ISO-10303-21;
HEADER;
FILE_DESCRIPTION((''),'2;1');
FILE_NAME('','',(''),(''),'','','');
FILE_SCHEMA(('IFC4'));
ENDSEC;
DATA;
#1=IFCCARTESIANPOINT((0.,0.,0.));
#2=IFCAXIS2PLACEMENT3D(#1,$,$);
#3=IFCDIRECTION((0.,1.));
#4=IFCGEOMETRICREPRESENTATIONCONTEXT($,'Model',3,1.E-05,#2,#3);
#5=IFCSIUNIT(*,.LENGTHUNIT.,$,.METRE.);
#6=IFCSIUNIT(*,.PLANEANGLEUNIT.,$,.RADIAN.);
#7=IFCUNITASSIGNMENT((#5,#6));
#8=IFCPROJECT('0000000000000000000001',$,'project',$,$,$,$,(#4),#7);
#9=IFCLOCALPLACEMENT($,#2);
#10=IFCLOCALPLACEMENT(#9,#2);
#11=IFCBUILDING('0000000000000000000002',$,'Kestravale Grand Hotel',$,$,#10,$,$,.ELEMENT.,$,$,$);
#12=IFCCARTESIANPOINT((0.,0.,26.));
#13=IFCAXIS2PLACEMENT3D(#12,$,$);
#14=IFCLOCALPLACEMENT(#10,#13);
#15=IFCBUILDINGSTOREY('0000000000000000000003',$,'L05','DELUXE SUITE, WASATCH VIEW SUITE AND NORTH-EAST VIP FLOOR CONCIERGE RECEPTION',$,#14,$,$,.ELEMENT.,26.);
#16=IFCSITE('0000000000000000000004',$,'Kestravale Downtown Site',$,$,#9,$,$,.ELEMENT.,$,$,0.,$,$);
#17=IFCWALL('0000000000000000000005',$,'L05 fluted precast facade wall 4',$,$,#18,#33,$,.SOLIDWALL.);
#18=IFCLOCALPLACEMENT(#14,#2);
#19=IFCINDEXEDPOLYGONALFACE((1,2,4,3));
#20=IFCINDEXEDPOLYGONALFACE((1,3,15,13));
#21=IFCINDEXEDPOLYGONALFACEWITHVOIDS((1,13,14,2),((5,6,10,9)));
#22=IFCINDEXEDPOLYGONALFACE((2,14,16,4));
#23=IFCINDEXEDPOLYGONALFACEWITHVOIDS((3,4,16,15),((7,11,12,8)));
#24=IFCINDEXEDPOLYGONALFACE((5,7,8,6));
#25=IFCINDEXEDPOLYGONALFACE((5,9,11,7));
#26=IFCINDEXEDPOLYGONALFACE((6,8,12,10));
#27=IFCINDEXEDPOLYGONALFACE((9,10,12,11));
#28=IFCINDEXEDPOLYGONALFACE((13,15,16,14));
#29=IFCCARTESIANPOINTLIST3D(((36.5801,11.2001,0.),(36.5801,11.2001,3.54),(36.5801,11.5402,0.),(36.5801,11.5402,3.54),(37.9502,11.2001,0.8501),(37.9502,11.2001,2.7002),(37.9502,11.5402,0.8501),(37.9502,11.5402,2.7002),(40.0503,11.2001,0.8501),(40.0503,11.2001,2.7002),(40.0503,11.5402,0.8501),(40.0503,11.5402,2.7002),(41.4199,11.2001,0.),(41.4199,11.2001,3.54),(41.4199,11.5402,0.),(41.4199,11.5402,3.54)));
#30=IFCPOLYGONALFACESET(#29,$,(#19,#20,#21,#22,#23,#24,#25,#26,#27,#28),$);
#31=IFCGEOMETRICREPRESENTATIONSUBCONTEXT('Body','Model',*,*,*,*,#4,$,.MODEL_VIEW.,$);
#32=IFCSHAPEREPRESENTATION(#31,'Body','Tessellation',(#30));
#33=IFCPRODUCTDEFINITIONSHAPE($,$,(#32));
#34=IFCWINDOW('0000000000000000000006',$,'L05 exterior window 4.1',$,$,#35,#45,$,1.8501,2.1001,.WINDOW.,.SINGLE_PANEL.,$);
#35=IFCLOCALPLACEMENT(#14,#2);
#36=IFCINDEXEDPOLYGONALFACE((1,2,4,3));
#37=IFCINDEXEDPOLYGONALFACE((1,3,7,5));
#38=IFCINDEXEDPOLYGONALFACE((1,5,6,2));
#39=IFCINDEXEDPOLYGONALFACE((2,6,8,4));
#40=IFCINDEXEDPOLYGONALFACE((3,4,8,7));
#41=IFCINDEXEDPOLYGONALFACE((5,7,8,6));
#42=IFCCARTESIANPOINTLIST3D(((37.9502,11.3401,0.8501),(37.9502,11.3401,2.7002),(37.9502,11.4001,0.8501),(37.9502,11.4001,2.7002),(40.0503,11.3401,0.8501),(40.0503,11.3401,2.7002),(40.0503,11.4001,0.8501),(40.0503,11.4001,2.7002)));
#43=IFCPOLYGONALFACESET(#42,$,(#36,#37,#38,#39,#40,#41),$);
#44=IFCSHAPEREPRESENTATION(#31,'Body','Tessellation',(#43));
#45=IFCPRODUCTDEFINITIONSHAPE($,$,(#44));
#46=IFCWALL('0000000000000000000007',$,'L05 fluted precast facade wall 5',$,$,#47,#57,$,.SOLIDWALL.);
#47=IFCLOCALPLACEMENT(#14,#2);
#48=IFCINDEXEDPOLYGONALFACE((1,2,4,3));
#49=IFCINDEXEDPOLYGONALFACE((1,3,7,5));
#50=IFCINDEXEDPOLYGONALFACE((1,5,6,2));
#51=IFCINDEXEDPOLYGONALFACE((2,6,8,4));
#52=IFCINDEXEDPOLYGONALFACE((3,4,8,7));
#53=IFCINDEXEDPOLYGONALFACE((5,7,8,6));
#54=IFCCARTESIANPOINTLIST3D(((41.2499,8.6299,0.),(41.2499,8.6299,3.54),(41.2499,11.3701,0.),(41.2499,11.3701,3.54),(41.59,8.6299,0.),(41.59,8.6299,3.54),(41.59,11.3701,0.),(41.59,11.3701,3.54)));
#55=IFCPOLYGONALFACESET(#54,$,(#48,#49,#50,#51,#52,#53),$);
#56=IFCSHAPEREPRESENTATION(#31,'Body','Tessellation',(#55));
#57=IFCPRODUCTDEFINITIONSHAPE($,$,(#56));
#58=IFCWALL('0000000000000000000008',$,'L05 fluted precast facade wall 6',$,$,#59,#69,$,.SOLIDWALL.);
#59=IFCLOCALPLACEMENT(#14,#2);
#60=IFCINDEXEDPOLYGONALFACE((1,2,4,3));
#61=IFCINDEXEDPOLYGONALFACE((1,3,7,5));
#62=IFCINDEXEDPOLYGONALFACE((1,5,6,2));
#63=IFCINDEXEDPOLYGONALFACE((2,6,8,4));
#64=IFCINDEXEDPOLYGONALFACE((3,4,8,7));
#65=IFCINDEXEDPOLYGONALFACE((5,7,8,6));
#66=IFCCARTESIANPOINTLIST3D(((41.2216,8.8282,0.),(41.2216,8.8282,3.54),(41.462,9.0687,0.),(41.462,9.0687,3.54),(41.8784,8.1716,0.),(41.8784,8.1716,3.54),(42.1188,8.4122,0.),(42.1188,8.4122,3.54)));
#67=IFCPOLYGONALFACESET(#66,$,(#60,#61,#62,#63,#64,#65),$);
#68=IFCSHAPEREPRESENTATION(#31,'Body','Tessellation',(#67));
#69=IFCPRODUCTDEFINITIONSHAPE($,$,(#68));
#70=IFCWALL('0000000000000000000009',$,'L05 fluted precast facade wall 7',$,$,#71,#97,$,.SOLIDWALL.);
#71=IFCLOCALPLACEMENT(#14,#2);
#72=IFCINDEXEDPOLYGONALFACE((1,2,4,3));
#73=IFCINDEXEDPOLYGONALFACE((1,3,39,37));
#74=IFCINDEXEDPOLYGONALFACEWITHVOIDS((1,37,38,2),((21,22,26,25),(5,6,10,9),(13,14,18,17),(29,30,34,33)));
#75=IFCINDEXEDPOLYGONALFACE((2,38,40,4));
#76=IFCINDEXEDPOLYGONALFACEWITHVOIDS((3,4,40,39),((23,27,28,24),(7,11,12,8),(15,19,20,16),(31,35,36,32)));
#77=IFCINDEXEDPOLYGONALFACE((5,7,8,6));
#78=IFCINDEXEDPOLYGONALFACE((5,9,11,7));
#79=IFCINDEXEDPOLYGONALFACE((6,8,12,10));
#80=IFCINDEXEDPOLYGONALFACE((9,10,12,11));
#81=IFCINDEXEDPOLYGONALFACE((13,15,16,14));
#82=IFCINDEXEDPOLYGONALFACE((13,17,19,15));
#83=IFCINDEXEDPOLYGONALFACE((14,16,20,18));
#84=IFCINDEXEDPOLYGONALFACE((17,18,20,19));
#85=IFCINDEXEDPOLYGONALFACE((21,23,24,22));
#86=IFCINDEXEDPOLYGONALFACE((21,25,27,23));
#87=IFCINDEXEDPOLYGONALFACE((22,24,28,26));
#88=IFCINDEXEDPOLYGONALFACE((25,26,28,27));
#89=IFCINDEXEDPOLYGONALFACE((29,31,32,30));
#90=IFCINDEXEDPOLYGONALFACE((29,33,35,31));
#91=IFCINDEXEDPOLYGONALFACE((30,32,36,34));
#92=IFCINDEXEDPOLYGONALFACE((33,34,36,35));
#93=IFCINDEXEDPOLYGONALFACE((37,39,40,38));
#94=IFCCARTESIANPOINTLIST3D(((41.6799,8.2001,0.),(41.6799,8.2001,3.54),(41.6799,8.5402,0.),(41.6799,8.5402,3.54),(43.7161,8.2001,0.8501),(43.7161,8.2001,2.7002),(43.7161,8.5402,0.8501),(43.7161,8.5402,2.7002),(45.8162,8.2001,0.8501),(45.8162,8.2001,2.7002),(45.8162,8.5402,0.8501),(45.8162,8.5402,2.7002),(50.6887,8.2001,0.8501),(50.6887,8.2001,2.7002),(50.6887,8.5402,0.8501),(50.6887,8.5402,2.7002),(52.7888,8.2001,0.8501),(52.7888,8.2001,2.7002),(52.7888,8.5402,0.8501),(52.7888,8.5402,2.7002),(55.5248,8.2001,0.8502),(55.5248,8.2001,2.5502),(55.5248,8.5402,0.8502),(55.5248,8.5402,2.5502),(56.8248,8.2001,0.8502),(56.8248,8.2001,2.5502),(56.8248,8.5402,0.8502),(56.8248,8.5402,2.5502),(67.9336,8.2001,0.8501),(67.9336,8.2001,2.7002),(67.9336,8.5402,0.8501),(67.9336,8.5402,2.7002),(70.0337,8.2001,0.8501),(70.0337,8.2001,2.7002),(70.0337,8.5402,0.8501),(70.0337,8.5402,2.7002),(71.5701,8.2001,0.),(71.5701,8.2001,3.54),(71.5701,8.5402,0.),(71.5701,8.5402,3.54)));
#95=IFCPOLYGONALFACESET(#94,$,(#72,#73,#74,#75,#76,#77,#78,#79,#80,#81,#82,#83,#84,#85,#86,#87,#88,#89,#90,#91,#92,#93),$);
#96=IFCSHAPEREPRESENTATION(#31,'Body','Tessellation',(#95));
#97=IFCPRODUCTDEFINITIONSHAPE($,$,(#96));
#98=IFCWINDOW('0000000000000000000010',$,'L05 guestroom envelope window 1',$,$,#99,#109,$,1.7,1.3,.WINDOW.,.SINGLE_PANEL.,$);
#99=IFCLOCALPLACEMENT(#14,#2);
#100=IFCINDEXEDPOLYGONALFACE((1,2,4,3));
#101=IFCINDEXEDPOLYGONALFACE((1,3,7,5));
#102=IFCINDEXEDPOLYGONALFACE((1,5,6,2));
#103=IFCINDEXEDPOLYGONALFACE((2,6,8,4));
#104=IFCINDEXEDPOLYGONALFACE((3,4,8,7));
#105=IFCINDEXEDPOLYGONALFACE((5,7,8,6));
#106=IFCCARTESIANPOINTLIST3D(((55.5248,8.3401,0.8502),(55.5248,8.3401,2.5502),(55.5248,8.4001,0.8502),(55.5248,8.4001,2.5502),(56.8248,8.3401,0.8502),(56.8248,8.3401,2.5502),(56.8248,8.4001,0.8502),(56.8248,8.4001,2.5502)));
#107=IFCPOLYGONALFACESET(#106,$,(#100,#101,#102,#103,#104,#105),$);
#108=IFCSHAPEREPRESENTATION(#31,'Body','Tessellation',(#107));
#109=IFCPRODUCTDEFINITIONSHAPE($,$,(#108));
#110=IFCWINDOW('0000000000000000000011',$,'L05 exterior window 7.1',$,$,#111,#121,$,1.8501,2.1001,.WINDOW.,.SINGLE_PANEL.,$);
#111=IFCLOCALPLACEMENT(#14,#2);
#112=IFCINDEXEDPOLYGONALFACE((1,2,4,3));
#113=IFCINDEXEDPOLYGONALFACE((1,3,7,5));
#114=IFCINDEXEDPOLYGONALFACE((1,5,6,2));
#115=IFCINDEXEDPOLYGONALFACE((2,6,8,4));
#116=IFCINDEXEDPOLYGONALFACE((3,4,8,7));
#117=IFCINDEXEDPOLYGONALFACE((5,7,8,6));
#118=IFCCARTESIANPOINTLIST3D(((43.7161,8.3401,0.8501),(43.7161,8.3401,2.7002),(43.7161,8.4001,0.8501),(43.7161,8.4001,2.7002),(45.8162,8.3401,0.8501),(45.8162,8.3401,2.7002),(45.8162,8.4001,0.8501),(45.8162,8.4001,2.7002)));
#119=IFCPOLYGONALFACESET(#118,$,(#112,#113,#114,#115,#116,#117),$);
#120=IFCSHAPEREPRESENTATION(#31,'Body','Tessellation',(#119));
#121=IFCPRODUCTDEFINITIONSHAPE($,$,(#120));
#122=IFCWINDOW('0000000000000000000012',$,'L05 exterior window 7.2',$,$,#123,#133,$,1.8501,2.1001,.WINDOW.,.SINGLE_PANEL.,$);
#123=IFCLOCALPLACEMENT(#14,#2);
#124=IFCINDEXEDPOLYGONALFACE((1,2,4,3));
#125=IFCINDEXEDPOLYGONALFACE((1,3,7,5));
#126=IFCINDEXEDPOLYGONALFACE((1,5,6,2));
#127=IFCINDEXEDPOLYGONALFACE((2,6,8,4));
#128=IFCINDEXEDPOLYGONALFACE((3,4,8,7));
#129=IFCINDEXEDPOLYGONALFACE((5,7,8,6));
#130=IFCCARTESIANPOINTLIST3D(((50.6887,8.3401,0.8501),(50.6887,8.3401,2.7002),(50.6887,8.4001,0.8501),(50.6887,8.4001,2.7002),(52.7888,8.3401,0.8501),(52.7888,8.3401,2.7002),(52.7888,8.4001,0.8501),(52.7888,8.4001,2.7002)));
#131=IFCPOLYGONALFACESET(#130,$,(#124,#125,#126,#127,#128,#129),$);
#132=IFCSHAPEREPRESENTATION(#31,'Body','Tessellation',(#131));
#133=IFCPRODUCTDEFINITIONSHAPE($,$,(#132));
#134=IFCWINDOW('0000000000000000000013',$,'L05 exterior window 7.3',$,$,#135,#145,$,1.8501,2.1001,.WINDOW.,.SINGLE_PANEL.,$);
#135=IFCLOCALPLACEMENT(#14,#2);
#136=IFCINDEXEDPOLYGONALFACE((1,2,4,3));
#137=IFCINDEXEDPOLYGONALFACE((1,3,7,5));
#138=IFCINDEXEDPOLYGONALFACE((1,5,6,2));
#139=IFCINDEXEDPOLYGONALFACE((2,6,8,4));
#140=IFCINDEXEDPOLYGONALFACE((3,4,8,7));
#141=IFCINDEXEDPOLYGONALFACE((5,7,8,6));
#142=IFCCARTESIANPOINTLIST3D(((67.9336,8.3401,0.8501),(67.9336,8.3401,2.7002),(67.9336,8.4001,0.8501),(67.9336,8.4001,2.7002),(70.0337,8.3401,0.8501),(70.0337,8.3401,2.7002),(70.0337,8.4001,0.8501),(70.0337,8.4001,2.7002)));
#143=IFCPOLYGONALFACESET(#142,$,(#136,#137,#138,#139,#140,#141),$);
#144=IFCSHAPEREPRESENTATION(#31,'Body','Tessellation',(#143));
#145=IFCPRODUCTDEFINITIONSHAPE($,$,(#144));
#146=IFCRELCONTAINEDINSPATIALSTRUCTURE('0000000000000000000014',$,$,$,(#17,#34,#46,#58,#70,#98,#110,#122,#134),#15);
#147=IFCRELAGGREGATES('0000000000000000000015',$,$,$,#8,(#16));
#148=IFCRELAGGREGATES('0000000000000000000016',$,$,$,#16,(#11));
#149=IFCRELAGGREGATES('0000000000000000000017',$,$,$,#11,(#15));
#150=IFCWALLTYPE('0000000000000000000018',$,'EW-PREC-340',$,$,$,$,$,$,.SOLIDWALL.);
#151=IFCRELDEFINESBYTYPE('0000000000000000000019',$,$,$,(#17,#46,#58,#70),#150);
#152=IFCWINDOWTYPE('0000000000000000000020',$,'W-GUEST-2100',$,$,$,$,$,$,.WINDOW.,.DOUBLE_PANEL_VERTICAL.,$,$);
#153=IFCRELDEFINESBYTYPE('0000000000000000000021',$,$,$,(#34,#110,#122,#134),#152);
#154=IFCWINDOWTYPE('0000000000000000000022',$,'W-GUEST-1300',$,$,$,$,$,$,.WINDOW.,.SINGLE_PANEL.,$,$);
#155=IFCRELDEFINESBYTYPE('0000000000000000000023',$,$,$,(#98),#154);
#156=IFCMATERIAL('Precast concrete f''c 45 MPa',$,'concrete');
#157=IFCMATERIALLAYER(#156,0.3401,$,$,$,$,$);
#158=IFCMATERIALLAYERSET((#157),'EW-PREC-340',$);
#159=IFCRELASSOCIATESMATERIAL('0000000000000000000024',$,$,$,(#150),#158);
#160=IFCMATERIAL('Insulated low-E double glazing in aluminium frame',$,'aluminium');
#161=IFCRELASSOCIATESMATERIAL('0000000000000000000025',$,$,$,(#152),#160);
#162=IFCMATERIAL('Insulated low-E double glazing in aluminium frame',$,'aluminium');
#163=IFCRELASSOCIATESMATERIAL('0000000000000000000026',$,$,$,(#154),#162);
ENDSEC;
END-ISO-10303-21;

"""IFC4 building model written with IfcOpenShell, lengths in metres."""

from ifc_helpers import new_model, si_unit, direction, frame, frame_2d, origin, place, context, subcontext, project, spatial, rectangle, extrude, material, layer, layer_set, type_object, element, fill, save


model = new_model("IFC4")

# Units and contexts
model_context = context("Model", 3, precision=1e-05, world=origin(), true_north=direction((0.0, 1.0)))
body_context = subcontext(model_context, "Body", "Model", "MODEL_VIEW")
ifc_project = project(units=[si_unit("LENGTHUNIT", "METRE"), si_unit("PLANEANGLEUNIT", "RADIAN")], contexts=[model_context])

# Site, building, storey
site_placement = place(None, origin())
site = spatial("IfcSite", under=ifc_project, at=site_placement, Name="Kestravale Downtown Site", CompositionType="ELEMENT", RefElevation=0.0)
building_placement = place(site_placement, origin())
building = spatial("IfcBuilding", under=site, at=building_placement, Name="Kestravale Grand Hotel", CompositionType="ELEMENT")
storey_placement = place(building_placement, frame((0.0, 0.0, 26.0)))
storey = spatial("IfcBuildingStorey", under=building, at=storey_placement, Name="L05", Description="DELUXE SUITE, WASATCH VIEW SUITE AND NORTH-EAST VIP FLOOR CONCIERGE RECEPTION", CompositionType="ELEMENT", Elevation=26.0)

# Shared definitions
ifc_material_1 = material(Name="Precast concrete f'c 45 MPa", Category="concrete")
ifc_layer_1 = layer(ifc_material_1, 0.3401)
ifc_layer_set_1 = layer_set([ifc_layer_1], Name="EW-PREC-340")
wall_type_1 = type_object("IfcWallType", Name="EW-PREC-340", PredefinedType="SOLIDWALL", material=ifc_layer_set_1)

# Wall, opening, window
ifc_material_2 = material(Name="Insulated low-E double glazing in aluminium frame", Category="aluminium")
window_type_1 = type_object("IfcWindowType", Name="W-GUEST-2100", PartitioningType="DOUBLE_PANEL_VERTICAL", PredefinedType="WINDOW", material=ifc_material_2)
wall_1_placement = place(storey_placement, frame((36.5801, 11.3701, 0.0), z_axis=(0.0, 0.0, 1.0), x_axis=(1.0, 0.0, 0.0)))
wall_1 = element("IfcWall", 1, at=wall_1_placement, inside=storey, type_object=wall_type_1, Name="L05 fluted precast facade wall 4", PredefinedType="SOLIDWALL", context=body_context, shape_type="SweptSolid", body=[
    extrude(rectangle(XDim=4.8398, YDim=0.3401, at=frame_2d((2.4199, 0.0))), origin(), (0.0, 0.0, 1.0), 3.54),
])
opening_1_placement = place(wall_1_placement, frame((1.3701, 0.0, 0.8501)))
opening_1 = element("IfcOpeningElement", 2, at=opening_1_placement, cuts=wall_1, PredefinedType="OPENING", context=body_context, shape_type="SweptSolid", body=[
    extrude(rectangle(XDim=2.1001, YDim=1.8501, at=frame_2d((1.05, 0.925))), frame((0.0, 0.1799, 0.0), z_axis=(0.0, -1.0, 0.0), x_axis=(1.0, 0.0, 0.0)), (0.0, 0.0, 1.0), 0.3601),
])
window_1_placement = place(opening_1_placement, origin())
window_1 = element("IfcWindow", 3, at=window_1_placement, inside=storey, type_object=window_type_1, Name="L05 exterior window 4.1", OverallHeight=1.8501, OverallWidth=2.1001, PartitioningType="SINGLE_PANEL", PredefinedType="WINDOW", context=body_context, shape_type="SweptSolid", body=[
    extrude(rectangle(XDim=2.1001, YDim=1.8501, at=frame_2d((1.05, 0.925))), frame((0.0, 0.03, 0.0), z_axis=(0.0, -1.0, 0.0), x_axis=(1.0, 0.0, 0.0)), (0.0, 0.0, 1.0), 0.0601),
])
fill(opening_1, window_1)

# Walls
wall_2_placement = place(storey_placement, frame((41.4199, 11.3701, 0.0), z_axis=(0.0, 0.0, 1.0), x_axis=(0.0, -1.0, 0.0)))
element("IfcWall", 4, at=wall_2_placement, inside=storey, type_object=wall_type_1, Name="L05 fluted precast facade wall 5", PredefinedType="SOLIDWALL", context=body_context, shape_type="SweptSolid", body=[
    extrude(rectangle(XDim=2.7402, YDim=0.3401, at=frame_2d((1.3701, 0.0))), origin(), (0.0, 0.0, 1.0), 3.54),
])
wall_3_placement = place(storey_placement, frame((41.3418, 8.9485, 0.0), z_axis=(0.0, 0.0, 1.0), x_axis=(0.707238, -0.706975, 0.0)))
element("IfcWall", 5, at=wall_3_placement, inside=storey, type_object=wall_type_1, Name="L05 fluted precast facade wall 6", PredefinedType="SOLIDWALL", context=body_context, shape_type="SweptSolid", body=[
    extrude(rectangle(XDim=0.9287, YDim=0.3401, at=frame_2d((0.4644, 0.0))), origin(), (0.0, 0.0, 1.0), 3.54),
])

# Wall, openings, windows
wall_4_placement = place(storey_placement, frame((41.6799, 8.3701, 0.0), z_axis=(0.0, 0.0, 1.0), x_axis=(1.0, 0.0, 0.0)))
wall_4 = element("IfcWall", 6, at=wall_4_placement, inside=storey, type_object=wall_type_1, Name="L05 fluted precast facade wall 7", PredefinedType="SOLIDWALL", context=body_context, shape_type="SweptSolid", body=[
    extrude(rectangle(XDim=29.8901, YDim=0.3401, at=frame_2d((14.9451, 0.0))), origin(), (0.0, 0.0, 1.0), 3.54),
])
opening_2_placement = place(wall_4_placement, frame((2.0361, 0.0, 0.8501)))
opening_2 = element("IfcOpeningElement", 7, at=opening_2_placement, cuts=wall_4, PredefinedType="OPENING", context=body_context, shape_type="SweptSolid", body=[
    extrude(rectangle(XDim=2.1001, YDim=1.8501, at=frame_2d((1.05, 0.925))), frame((0.0, 0.1799, 0.0), z_axis=(0.0, -1.0, 0.0), x_axis=(1.0, 0.0, 0.0)), (0.0, 0.0, 1.0), 0.3601),
])
opening_3_placement = place(wall_4_placement, frame((9.0088, 0.0, 0.8501)))
opening_3 = element("IfcOpeningElement", 8, at=opening_3_placement, cuts=wall_4, PredefinedType="OPENING", context=body_context, shape_type="SweptSolid", body=[
    extrude(rectangle(XDim=2.1001, YDim=1.8501, at=frame_2d((1.05, 0.925))), frame((0.0, 0.1799, 0.0), z_axis=(0.0, -1.0, 0.0), x_axis=(1.0, 0.0, 0.0)), (0.0, 0.0, 1.0), 0.3601),
])
opening_4_placement = place(wall_4_placement, frame((26.2537, 0.0, 0.8501)))
opening_4 = element("IfcOpeningElement", 9, at=opening_4_placement, cuts=wall_4, PredefinedType="OPENING", context=body_context, shape_type="SweptSolid", body=[
    extrude(rectangle(XDim=2.1001, YDim=1.8501, at=frame_2d((1.05, 0.925))), frame((0.0, 0.1799, 0.0), z_axis=(0.0, -1.0, 0.0), x_axis=(1.0, 0.0, 0.0)), (0.0, 0.0, 1.0), 0.3601),
])
opening_5_placement = place(wall_4_placement, frame((13.845, 0.0, 0.8501)))
opening_5 = element("IfcOpeningElement", 10, at=opening_5_placement, cuts=wall_4, PredefinedType="OPENING", context=body_context, shape_type="SweptSolid", body=[
    extrude(rectangle(XDim=1.3, YDim=1.7, at=frame_2d((0.6499, 0.8501))), frame((0.0, 0.1799, 0.0), z_axis=(0.0, -1.0, 0.0), x_axis=(1.0, 0.0, 0.0)), (0.0, 0.0, 1.0), 0.3601),
])
ifc_material_3 = material(Name="Insulated low-E double glazing in aluminium frame", Category="aluminium")
window_type_2 = type_object("IfcWindowType", Name="W-GUEST-1300", PartitioningType="SINGLE_PANEL", PredefinedType="WINDOW", material=ifc_material_3)
window_2_placement = place(opening_5_placement, origin())
window_2 = element("IfcWindow", 11, at=window_2_placement, inside=storey, type_object=window_type_2, Name="L05 guestroom envelope window 1", OverallHeight=1.7, OverallWidth=1.3, PartitioningType="SINGLE_PANEL", PredefinedType="WINDOW", context=body_context, shape_type="SweptSolid", body=[
    extrude(rectangle(XDim=1.3, YDim=1.7, at=frame_2d((0.6499, 0.8501))), frame((0.0, 0.03, 0.0), z_axis=(0.0, -1.0, 0.0), x_axis=(1.0, 0.0, 0.0)), (0.0, 0.0, 1.0), 0.0601),
])
fill(opening_5, window_2)
window_3_placement = place(opening_2_placement, origin())
window_3 = element("IfcWindow", 12, at=window_3_placement, inside=storey, type_object=window_type_1, Name="L05 exterior window 7.1", OverallHeight=1.8501, OverallWidth=2.1001, PartitioningType="SINGLE_PANEL", PredefinedType="WINDOW", context=body_context, shape_type="SweptSolid", body=[
    extrude(rectangle(XDim=2.1001, YDim=1.8501, at=frame_2d((1.05, 0.925))), frame((0.0, 0.03, 0.0), z_axis=(0.0, -1.0, 0.0), x_axis=(1.0, 0.0, 0.0)), (0.0, 0.0, 1.0), 0.0601),
])
fill(opening_2, window_3)
window_4_placement = place(opening_3_placement, origin())
window_4 = element("IfcWindow", 13, at=window_4_placement, inside=storey, type_object=window_type_1, Name="L05 exterior window 7.2", OverallHeight=1.8501, OverallWidth=2.1001, PartitioningType="SINGLE_PANEL", PredefinedType="WINDOW", context=body_context, shape_type="SweptSolid", body=[
    extrude(rectangle(XDim=2.1001, YDim=1.8501, at=frame_2d((1.05, 0.925))), frame((0.0, 0.03, 0.0), z_axis=(0.0, -1.0, 0.0), x_axis=(1.0, 0.0, 0.0)), (0.0, 0.0, 1.0), 0.0601),
])
fill(opening_3, window_4)
window_5_placement = place(opening_4_placement, origin())
window_5 = element("IfcWindow", 14, at=window_5_placement, inside=storey, type_object=window_type_1, Name="L05 exterior window 7.3", OverallHeight=1.8501, OverallWidth=2.1001, PartitioningType="SINGLE_PANEL", PredefinedType="WINDOW", context=body_context, shape_type="SweptSolid", body=[
    extrude(rectangle(XDim=2.1001, YDim=1.8501, at=frame_2d((1.05, 0.925))), frame((0.0, 0.03, 0.0), z_axis=(0.0, -1.0, 0.0), x_axis=(1.0, 0.0, 0.0)), (0.0, 0.0, 1.0), 0.0601),
])
fill(opening_4, window_5)

save(model, "model.ifc")
